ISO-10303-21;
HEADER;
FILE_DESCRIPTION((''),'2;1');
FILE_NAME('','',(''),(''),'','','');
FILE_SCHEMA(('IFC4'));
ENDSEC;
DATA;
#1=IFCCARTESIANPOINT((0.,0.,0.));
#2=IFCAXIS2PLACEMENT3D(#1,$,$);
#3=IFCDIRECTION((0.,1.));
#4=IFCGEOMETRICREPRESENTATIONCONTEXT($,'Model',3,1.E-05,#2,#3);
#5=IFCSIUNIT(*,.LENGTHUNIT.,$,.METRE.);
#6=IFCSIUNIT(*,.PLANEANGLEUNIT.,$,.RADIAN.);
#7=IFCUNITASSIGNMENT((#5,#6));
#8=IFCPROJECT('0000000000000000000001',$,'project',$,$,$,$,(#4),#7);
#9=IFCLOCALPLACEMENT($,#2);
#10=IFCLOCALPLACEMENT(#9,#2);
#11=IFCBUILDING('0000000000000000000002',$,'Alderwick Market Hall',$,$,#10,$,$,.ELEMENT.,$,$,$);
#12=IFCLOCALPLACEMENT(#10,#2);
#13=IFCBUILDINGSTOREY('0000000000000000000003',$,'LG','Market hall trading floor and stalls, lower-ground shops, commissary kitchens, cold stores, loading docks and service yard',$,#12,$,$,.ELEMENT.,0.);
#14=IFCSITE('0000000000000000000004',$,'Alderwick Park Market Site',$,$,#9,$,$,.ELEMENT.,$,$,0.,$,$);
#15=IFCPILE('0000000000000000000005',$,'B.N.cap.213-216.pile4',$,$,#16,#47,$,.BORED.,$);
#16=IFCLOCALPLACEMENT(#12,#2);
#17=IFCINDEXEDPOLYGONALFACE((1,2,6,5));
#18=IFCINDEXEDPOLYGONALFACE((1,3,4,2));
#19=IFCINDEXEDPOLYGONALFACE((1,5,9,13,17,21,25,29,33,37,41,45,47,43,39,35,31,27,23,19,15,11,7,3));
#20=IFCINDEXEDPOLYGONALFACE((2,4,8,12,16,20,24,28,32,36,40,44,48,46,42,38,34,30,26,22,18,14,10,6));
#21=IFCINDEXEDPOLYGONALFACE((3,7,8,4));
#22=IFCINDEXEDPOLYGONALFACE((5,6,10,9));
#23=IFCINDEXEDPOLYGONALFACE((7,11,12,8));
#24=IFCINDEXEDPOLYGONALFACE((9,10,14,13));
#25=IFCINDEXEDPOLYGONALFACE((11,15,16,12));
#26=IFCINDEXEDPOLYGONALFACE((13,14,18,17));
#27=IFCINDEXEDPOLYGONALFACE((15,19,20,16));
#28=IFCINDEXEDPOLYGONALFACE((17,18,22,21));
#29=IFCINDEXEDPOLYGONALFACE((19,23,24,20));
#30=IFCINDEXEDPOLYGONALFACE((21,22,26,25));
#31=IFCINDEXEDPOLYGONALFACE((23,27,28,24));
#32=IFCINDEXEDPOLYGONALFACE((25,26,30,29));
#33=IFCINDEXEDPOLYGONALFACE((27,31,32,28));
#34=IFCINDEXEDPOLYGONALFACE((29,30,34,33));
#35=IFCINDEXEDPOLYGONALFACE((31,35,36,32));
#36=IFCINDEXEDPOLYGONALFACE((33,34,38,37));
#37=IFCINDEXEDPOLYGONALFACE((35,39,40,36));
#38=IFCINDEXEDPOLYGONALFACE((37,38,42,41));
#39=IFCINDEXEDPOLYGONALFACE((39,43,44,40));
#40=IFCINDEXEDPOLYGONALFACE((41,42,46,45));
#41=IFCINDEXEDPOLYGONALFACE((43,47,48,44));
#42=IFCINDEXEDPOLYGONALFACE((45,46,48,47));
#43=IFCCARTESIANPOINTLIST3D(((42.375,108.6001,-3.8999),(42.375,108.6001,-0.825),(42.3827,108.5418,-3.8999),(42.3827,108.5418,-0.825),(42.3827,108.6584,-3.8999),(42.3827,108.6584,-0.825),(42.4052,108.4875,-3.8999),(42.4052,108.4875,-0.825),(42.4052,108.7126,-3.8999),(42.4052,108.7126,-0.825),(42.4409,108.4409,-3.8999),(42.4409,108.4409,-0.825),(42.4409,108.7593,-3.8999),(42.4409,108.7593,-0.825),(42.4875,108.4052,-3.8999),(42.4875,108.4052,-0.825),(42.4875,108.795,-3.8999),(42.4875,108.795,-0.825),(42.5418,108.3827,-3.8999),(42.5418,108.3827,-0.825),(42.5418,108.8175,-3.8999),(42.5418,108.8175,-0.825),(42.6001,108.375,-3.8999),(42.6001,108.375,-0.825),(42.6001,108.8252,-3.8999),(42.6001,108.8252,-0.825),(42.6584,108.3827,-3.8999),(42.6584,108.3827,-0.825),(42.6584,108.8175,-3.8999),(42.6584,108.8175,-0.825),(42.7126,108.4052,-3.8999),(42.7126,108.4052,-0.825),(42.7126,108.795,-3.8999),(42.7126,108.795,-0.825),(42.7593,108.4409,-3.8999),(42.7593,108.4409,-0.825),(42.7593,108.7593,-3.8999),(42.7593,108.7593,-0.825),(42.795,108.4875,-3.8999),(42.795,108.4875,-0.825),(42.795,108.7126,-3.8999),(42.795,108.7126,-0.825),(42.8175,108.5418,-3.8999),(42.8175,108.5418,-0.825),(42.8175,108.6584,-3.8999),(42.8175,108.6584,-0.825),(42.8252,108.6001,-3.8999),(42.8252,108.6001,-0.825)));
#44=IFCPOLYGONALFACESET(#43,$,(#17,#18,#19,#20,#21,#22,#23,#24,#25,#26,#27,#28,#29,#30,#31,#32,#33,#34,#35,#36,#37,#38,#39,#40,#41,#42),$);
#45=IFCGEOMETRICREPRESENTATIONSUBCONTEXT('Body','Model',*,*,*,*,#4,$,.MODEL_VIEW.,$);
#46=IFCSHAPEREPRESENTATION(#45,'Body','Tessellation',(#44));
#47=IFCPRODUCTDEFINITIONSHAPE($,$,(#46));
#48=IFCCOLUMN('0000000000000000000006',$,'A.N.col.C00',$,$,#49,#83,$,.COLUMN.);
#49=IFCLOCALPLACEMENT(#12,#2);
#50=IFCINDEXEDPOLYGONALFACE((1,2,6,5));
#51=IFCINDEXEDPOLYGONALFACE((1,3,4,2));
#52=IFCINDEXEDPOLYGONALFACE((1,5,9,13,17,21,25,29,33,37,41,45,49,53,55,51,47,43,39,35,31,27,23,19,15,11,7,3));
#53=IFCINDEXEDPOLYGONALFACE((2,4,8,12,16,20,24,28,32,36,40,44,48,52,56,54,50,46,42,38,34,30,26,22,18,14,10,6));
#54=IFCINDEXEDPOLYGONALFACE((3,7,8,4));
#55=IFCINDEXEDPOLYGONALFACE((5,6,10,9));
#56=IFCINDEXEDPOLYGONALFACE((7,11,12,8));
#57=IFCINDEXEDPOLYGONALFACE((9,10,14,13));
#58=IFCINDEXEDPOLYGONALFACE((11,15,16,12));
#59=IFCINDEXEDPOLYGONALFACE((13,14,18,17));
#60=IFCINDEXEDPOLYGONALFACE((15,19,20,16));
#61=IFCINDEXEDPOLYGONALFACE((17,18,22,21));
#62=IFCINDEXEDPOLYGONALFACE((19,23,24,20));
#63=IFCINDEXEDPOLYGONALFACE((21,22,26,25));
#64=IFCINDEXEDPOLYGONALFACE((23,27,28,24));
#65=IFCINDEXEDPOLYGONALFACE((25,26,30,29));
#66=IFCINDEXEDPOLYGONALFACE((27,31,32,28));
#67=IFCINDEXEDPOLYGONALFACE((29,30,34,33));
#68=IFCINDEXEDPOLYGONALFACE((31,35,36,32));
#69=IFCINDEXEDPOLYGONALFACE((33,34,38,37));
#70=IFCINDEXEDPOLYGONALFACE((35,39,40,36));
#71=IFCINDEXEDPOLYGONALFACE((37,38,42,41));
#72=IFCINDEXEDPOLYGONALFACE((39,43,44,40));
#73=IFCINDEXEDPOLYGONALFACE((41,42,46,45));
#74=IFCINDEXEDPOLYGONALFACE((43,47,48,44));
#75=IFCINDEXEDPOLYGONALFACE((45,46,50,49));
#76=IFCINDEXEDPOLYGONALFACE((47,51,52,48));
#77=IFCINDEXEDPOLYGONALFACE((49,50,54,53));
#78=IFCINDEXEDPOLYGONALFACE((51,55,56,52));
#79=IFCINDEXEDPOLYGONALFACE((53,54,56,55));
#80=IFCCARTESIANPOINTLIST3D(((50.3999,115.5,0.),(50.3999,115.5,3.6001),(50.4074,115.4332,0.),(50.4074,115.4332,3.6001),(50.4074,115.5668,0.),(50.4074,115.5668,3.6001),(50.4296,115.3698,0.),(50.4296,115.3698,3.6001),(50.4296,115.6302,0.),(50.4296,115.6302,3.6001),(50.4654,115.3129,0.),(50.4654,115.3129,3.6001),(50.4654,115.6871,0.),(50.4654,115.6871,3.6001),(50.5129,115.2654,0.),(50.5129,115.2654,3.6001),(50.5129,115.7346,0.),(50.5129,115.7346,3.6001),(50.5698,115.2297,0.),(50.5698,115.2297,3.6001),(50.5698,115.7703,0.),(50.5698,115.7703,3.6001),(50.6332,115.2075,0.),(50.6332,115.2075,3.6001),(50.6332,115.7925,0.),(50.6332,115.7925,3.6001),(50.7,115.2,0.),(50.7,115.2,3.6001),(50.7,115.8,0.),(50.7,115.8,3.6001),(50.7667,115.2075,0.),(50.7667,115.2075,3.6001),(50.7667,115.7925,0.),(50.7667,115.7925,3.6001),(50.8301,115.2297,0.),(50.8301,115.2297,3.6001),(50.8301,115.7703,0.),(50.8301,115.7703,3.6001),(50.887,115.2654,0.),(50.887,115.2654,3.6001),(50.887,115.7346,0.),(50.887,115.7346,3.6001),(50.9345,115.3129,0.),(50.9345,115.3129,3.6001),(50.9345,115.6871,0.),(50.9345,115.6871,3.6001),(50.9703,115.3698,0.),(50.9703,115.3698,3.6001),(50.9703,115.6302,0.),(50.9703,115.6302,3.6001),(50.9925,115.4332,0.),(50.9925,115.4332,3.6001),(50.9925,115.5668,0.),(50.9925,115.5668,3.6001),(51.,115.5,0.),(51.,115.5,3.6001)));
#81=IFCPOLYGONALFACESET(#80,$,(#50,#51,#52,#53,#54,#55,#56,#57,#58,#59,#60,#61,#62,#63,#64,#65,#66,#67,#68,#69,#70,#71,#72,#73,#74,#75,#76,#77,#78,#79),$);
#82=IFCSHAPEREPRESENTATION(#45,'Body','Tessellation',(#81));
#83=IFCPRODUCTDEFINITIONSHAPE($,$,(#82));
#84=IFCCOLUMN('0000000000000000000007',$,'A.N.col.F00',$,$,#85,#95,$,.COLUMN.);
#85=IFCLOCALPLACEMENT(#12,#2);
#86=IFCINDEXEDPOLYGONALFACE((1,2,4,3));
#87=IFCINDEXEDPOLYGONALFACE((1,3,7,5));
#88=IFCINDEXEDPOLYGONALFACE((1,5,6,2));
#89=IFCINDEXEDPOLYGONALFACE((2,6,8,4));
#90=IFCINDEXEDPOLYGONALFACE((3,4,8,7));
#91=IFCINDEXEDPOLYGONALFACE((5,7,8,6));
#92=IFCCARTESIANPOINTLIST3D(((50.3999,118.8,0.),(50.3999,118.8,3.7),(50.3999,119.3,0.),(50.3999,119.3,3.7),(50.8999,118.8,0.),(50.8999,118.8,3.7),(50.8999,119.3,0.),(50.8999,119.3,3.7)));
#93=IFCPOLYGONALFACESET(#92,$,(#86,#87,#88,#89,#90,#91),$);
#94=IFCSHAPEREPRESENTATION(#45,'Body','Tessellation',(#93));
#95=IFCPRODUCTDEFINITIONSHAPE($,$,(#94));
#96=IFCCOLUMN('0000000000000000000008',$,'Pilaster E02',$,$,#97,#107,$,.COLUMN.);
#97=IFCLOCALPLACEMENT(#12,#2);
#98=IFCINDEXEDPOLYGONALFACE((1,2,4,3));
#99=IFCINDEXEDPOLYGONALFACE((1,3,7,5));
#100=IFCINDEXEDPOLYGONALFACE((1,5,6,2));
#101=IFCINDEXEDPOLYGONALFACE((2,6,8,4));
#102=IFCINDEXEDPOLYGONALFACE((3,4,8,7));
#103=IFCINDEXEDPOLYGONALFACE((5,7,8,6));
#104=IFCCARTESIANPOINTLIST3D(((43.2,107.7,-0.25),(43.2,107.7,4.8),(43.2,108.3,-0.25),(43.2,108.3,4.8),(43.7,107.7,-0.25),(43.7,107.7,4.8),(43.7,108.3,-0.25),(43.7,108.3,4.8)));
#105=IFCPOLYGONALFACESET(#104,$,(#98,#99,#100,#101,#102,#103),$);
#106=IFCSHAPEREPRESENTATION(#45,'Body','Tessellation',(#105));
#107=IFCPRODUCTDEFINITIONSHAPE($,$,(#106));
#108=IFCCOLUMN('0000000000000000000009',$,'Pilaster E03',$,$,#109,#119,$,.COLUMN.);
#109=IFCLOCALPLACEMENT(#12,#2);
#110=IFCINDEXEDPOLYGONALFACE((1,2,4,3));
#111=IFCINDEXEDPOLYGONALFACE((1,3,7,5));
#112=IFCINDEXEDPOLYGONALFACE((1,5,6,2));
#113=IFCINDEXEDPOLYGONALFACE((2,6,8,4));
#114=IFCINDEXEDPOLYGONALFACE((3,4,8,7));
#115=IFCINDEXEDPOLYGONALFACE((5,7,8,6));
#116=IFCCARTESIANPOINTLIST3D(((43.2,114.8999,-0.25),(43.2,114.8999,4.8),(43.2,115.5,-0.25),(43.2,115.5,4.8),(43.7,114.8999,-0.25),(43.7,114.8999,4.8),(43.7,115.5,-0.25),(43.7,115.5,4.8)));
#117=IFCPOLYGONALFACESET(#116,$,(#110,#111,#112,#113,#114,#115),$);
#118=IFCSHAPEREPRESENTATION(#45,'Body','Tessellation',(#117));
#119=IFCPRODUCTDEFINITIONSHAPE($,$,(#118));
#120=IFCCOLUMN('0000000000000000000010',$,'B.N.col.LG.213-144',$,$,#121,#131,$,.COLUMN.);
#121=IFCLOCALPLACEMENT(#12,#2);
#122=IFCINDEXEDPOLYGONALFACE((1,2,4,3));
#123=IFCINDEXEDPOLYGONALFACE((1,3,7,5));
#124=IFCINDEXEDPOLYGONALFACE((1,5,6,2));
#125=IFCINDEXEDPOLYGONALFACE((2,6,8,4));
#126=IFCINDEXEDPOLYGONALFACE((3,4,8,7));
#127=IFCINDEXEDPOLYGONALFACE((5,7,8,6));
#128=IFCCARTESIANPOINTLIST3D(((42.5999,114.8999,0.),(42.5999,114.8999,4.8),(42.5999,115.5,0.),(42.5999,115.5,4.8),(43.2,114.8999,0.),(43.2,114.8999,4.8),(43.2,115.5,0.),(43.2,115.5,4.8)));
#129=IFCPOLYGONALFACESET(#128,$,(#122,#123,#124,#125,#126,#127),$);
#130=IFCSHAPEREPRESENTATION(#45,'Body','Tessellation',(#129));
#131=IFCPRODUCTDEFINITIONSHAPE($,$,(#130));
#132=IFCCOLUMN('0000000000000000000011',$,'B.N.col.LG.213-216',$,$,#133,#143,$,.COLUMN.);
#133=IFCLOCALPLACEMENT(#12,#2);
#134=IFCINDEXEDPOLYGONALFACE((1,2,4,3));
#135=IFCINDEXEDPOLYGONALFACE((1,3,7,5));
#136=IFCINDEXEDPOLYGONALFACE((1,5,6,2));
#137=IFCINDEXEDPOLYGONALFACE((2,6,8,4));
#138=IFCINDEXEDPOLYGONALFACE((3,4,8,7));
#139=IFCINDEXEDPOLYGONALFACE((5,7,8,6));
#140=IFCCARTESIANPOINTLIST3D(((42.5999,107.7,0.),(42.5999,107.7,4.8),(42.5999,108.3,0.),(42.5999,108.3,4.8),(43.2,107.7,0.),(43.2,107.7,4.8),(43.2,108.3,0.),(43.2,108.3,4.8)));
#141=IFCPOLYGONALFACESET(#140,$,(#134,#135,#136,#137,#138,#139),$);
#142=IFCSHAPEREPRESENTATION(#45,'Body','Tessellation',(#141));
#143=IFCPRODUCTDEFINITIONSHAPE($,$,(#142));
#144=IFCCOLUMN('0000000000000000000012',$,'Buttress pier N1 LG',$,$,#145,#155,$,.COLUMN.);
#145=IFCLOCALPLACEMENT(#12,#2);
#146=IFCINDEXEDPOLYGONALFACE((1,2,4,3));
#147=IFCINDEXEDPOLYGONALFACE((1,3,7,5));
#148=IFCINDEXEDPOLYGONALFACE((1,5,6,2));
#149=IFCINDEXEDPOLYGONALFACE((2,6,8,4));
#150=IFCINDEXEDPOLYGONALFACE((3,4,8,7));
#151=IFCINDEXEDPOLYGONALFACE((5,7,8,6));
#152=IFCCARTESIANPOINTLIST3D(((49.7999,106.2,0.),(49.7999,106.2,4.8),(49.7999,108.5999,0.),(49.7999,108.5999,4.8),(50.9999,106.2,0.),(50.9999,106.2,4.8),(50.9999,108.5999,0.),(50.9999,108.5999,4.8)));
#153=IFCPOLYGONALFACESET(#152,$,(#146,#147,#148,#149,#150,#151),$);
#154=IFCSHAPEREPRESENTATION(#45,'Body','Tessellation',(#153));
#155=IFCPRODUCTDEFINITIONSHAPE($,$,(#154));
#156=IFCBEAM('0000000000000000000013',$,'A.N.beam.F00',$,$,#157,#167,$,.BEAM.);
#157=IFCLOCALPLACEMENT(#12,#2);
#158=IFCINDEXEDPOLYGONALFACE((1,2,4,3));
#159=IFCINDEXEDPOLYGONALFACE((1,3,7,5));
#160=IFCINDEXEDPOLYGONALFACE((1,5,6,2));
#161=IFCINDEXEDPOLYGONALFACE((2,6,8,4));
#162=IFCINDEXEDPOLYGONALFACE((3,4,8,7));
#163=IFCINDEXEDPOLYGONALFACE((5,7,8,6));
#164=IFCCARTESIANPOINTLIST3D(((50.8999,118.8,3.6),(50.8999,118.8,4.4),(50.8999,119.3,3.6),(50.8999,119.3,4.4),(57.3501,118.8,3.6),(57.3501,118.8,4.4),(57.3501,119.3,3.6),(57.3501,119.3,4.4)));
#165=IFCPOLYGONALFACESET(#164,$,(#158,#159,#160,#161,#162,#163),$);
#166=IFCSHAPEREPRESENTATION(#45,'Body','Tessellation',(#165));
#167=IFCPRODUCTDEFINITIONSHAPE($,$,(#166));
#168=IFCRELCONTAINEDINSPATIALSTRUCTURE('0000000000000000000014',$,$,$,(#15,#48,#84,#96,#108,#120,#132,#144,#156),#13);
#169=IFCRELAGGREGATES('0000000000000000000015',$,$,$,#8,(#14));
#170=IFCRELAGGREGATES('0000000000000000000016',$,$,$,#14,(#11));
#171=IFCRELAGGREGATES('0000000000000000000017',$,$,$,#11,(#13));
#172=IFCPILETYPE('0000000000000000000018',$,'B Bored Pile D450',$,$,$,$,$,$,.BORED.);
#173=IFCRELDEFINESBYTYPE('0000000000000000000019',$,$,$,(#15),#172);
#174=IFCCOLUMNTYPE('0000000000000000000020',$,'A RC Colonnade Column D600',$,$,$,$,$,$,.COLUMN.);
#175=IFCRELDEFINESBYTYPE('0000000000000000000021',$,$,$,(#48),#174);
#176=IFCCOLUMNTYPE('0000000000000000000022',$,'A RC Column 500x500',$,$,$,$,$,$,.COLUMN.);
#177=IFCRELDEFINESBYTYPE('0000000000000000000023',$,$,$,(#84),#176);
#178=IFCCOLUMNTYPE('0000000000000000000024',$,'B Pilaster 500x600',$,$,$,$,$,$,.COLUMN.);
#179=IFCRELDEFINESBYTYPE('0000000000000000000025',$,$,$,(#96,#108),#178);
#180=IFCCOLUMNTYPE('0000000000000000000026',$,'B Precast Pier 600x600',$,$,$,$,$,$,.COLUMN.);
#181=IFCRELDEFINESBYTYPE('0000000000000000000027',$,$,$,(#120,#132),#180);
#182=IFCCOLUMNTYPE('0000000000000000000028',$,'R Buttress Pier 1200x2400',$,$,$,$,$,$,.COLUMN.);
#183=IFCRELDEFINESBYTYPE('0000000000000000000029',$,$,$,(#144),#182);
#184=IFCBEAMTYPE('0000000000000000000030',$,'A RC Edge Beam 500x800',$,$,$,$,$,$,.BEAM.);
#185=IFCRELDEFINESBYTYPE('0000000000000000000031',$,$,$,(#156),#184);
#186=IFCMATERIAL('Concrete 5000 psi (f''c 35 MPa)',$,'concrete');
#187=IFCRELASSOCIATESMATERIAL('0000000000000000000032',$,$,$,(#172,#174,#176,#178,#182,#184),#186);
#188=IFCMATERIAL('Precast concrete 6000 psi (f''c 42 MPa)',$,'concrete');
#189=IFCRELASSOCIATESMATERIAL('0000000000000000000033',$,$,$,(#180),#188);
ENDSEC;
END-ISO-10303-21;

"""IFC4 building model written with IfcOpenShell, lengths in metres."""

from ifc_helpers import new_model, si_unit, direction, frame, origin, origin_2d, place, context, subcontext, project, spatial, rectangle, circle, extrude, material, material_profile, profile_set, type_object, element, save


model = new_model("IFC4")

# Units and contexts
model_context = context("Model", 3, precision=1e-05, world=origin(), true_north=direction((0.0, 1.0)))
body_context = subcontext(model_context, "Body", "Model", "MODEL_VIEW")
ifc_project = project(units=[si_unit("LENGTHUNIT", "METRE"), si_unit("PLANEANGLEUNIT", "RADIAN")], contexts=[model_context])

# Site, building, storey
site_placement = place(None, origin())
site = spatial("IfcSite", under=ifc_project, at=site_placement, Name="Alderwick Park Market Site", CompositionType="ELEMENT", RefElevation=0.0)
building_placement = place(site_placement, origin())
building = spatial("IfcBuilding", under=site, at=building_placement, Name="Alderwick Market Hall", CompositionType="ELEMENT")
storey_placement = place(building_placement, origin())
storey = spatial("IfcBuildingStorey", under=building, at=storey_placement, Name="LG", Description="Market hall trading floor and stalls, lower-ground shops, commissary kitchens, cold stores, loading docks and service yard", CompositionType="ELEMENT", Elevation=0.0)

# Pile
ifc_material_1 = material(Name="Concrete 5000 psi (f'c 35 MPa)", Category="concrete")
ifc_material_profile_1 = material_profile(ifc_material_1, circle(Radius=0.2251, at=origin_2d()), Name="B Bored Pile D450")
ifc_profile_set_1 = profile_set([ifc_material_profile_1], Name="Concrete 5000 psi (f'c 35 MPa)")
pile_type = type_object("IfcPileType", Name="B Bored Pile D450", PredefinedType="BORED", material=ifc_profile_set_1)
for number, where, z_axis, x_axis, name in (
    (1, (42.6001, 108.6001, -0.825), (0.0, 0.0, -1.0), (1.0, 0.0, 0.0), "B.N.cap.213-216.pile4"),
):
    element("IfcPile", number, at=place(storey_placement, frame(where, z_axis=z_axis, x_axis=x_axis)), inside=storey, type_object=pile_type, Name=name, PredefinedType="BORED", context=body_context, shape_type="SweptSolid", body=[
        extrude(circle(Radius=0.2251, at=origin_2d()), origin(), (0.0, 0.0, 1.0), 3.075),
    ])

# Columns
ifc_material_profile_2 = material_profile(ifc_material_1, circle(Radius=0.3, at=origin_2d()), Name="A RC Colonnade Column D600")
ifc_profile_set_2 = profile_set([ifc_material_profile_2], Name="Concrete 5000 psi (f'c 35 MPa)")
column_type_1 = type_object("IfcColumnType", Name="A RC Colonnade Column D600", PredefinedType="COLUMN", material=ifc_profile_set_2)
column_1_placement = place(storey_placement, frame((50.7, 115.5, 0.0), z_axis=(0.0, 0.0, 1.0), x_axis=(1.0, 0.0, 0.0)))
element("IfcColumn", 2, at=column_1_placement, inside=storey, type_object=column_type_1, Name="A.N.col.C00", PredefinedType="COLUMN", context=body_context, shape_type="SweptSolid", body=[
    extrude(circle(Radius=0.3, at=origin_2d()), origin(), (0.0, 0.0, 1.0), 3.6001),
])
ifc_material_profile_3 = material_profile(ifc_material_1, rectangle(XDim=0.5, YDim=0.5, at=origin_2d()), Name="A RC Column 500x500")
ifc_profile_set_3 = profile_set([ifc_material_profile_3], Name="Concrete 5000 psi (f'c 35 MPa)")
column_type_2 = type_object("IfcColumnType", Name="A RC Column 500x500", PredefinedType="COLUMN", material=ifc_profile_set_3)
column_2_placement = place(storey_placement, frame((50.6499, 119.05, 0.0), z_axis=(0.0, 0.0, 1.0), x_axis=(1.0, 0.0, 0.0)))
element("IfcColumn", 3, at=column_2_placement, inside=storey, type_object=column_type_2, Name="A.N.col.F00", PredefinedType="COLUMN", context=body_context, shape_type="SweptSolid", body=[
    extrude(rectangle(XDim=0.5, YDim=0.5, at=origin_2d()), origin(), (0.0, 0.0, 1.0), 3.7),
])
ifc_material_profile_4 = material_profile(ifc_material_1, rectangle(XDim=0.5, YDim=0.6001, at=origin_2d()), Name="B Pilaster 500x600")
ifc_profile_set_4 = profile_set([ifc_material_profile_4], Name="Concrete 5000 psi (f'c 35 MPa)")
column_type_3 = type_object("IfcColumnType", Name="B Pilaster 500x600", PredefinedType="COLUMN", material=ifc_profile_set_4)
for number, where, z_axis, x_axis, name in (
    (4, (43.45, 108.0, -0.25), (0.0, 0.0, 1.0), (1.0, 0.0, 0.0), "Pilaster E02"),
    (5, (43.45, 115.2, -0.25), (0.0, 0.0, 1.0), (1.0, 0.0, 0.0), "Pilaster E03"),
):
    element("IfcColumn", number, at=place(storey_placement, frame(where, z_axis=z_axis, x_axis=x_axis)), inside=storey, type_object=column_type_3, Name=name, PredefinedType="COLUMN", context=body_context, shape_type="SweptSolid", body=[
        extrude(rectangle(XDim=0.5, YDim=0.6001, at=origin_2d()), origin(), (0.0, 0.0, 1.0), 5.05),
    ])
ifc_material_2 = material(Name="Precast concrete 6000 psi (f'c 42 MPa)", Category="concrete")
ifc_material_profile_5 = material_profile(ifc_material_2, rectangle(XDim=0.6001, YDim=0.6001, at=origin_2d()), Name="B Precast Pier 600x600")
ifc_profile_set_5 = profile_set([ifc_material_profile_5], Name="Precast concrete 6000 psi (f'c 42 MPa)")
column_type_4 = type_object("IfcColumnType", Name="B Precast Pier 600x600", PredefinedType="COLUMN", material=ifc_profile_set_5)
for number, where, z_axis, x_axis, name in (
    (6, (42.8999, 115.2, 0.0), (0.0, 0.0, 1.0), (1.0, 0.0, 0.0), "B.N.col.LG.213-144"),
    (7, (42.8999, 108.0, 0.0), (0.0, 0.0, 1.0), (1.0, 0.0, 0.0), "B.N.col.LG.213-216"),
):
    element("IfcColumn", number, at=place(storey_placement, frame(where, z_axis=z_axis, x_axis=x_axis)), inside=storey, type_object=column_type_4, Name=name, PredefinedType="COLUMN", context=body_context, shape_type="SweptSolid", body=[
        extrude(rectangle(XDim=0.6001, YDim=0.6001, at=origin_2d()), origin(), (0.0, 0.0, 1.0), 4.8),
    ])
ifc_material_profile_6 = material_profile(ifc_material_1, rectangle(XDim=1.2, YDim=2.3999, at=origin_2d()), Name="RC 1200x2400")
ifc_profile_set_6 = profile_set([ifc_material_profile_6], Name="Concrete 5000 psi (f'c 35 MPa)")
column_type_5 = type_object("IfcColumnType", Name="R Buttress Pier 1200x2400", PredefinedType="COLUMN", material=ifc_profile_set_6)
column_3_placement = place(storey_placement, frame((50.3999, 107.3999, 0.0), z_axis=(0.0, 0.0, 1.0), x_axis=(1.0, 0.0, 0.0)))
element("IfcColumn", 8, at=column_3_placement, inside=storey, type_object=column_type_5, Name="Buttress pier N1 LG", PredefinedType="COLUMN", context=body_context, shape_type="SweptSolid", body=[
    extrude(rectangle(XDim=1.2, YDim=2.3999, at=origin_2d()), origin(), (0.0, 0.0, 1.0), 4.8),
])

# Beam
ifc_material_profile_7 = material_profile(ifc_material_1, rectangle(XDim=0.5, YDim=0.8, at=origin_2d()), Name="A RC Edge Beam 500x800")
ifc_profile_set_7 = profile_set([ifc_material_profile_7], Name="Concrete 5000 psi (f'c 35 MPa)")
beam_type = type_object("IfcBeamType", Name="A RC Edge Beam 500x800", PredefinedType="BEAM", material=ifc_profile_set_7)
beam_placement = place(storey_placement, frame((50.8999, 119.05, 4.0), z_axis=(1.0, 0.0, 0.0), x_axis=(0.0, 1.0, 0.0)))
element("IfcBeam", 9, at=beam_placement, inside=storey, type_object=beam_type, Name="A.N.beam.F00", PredefinedType="BEAM", context=body_context, shape_type="SweptSolid", body=[
    extrude(rectangle(XDim=0.5, YDim=0.8, at=origin_2d()), origin(), (0.0, 0.0, 1.0), 6.4502),
])

save(model, "model.ifc")
